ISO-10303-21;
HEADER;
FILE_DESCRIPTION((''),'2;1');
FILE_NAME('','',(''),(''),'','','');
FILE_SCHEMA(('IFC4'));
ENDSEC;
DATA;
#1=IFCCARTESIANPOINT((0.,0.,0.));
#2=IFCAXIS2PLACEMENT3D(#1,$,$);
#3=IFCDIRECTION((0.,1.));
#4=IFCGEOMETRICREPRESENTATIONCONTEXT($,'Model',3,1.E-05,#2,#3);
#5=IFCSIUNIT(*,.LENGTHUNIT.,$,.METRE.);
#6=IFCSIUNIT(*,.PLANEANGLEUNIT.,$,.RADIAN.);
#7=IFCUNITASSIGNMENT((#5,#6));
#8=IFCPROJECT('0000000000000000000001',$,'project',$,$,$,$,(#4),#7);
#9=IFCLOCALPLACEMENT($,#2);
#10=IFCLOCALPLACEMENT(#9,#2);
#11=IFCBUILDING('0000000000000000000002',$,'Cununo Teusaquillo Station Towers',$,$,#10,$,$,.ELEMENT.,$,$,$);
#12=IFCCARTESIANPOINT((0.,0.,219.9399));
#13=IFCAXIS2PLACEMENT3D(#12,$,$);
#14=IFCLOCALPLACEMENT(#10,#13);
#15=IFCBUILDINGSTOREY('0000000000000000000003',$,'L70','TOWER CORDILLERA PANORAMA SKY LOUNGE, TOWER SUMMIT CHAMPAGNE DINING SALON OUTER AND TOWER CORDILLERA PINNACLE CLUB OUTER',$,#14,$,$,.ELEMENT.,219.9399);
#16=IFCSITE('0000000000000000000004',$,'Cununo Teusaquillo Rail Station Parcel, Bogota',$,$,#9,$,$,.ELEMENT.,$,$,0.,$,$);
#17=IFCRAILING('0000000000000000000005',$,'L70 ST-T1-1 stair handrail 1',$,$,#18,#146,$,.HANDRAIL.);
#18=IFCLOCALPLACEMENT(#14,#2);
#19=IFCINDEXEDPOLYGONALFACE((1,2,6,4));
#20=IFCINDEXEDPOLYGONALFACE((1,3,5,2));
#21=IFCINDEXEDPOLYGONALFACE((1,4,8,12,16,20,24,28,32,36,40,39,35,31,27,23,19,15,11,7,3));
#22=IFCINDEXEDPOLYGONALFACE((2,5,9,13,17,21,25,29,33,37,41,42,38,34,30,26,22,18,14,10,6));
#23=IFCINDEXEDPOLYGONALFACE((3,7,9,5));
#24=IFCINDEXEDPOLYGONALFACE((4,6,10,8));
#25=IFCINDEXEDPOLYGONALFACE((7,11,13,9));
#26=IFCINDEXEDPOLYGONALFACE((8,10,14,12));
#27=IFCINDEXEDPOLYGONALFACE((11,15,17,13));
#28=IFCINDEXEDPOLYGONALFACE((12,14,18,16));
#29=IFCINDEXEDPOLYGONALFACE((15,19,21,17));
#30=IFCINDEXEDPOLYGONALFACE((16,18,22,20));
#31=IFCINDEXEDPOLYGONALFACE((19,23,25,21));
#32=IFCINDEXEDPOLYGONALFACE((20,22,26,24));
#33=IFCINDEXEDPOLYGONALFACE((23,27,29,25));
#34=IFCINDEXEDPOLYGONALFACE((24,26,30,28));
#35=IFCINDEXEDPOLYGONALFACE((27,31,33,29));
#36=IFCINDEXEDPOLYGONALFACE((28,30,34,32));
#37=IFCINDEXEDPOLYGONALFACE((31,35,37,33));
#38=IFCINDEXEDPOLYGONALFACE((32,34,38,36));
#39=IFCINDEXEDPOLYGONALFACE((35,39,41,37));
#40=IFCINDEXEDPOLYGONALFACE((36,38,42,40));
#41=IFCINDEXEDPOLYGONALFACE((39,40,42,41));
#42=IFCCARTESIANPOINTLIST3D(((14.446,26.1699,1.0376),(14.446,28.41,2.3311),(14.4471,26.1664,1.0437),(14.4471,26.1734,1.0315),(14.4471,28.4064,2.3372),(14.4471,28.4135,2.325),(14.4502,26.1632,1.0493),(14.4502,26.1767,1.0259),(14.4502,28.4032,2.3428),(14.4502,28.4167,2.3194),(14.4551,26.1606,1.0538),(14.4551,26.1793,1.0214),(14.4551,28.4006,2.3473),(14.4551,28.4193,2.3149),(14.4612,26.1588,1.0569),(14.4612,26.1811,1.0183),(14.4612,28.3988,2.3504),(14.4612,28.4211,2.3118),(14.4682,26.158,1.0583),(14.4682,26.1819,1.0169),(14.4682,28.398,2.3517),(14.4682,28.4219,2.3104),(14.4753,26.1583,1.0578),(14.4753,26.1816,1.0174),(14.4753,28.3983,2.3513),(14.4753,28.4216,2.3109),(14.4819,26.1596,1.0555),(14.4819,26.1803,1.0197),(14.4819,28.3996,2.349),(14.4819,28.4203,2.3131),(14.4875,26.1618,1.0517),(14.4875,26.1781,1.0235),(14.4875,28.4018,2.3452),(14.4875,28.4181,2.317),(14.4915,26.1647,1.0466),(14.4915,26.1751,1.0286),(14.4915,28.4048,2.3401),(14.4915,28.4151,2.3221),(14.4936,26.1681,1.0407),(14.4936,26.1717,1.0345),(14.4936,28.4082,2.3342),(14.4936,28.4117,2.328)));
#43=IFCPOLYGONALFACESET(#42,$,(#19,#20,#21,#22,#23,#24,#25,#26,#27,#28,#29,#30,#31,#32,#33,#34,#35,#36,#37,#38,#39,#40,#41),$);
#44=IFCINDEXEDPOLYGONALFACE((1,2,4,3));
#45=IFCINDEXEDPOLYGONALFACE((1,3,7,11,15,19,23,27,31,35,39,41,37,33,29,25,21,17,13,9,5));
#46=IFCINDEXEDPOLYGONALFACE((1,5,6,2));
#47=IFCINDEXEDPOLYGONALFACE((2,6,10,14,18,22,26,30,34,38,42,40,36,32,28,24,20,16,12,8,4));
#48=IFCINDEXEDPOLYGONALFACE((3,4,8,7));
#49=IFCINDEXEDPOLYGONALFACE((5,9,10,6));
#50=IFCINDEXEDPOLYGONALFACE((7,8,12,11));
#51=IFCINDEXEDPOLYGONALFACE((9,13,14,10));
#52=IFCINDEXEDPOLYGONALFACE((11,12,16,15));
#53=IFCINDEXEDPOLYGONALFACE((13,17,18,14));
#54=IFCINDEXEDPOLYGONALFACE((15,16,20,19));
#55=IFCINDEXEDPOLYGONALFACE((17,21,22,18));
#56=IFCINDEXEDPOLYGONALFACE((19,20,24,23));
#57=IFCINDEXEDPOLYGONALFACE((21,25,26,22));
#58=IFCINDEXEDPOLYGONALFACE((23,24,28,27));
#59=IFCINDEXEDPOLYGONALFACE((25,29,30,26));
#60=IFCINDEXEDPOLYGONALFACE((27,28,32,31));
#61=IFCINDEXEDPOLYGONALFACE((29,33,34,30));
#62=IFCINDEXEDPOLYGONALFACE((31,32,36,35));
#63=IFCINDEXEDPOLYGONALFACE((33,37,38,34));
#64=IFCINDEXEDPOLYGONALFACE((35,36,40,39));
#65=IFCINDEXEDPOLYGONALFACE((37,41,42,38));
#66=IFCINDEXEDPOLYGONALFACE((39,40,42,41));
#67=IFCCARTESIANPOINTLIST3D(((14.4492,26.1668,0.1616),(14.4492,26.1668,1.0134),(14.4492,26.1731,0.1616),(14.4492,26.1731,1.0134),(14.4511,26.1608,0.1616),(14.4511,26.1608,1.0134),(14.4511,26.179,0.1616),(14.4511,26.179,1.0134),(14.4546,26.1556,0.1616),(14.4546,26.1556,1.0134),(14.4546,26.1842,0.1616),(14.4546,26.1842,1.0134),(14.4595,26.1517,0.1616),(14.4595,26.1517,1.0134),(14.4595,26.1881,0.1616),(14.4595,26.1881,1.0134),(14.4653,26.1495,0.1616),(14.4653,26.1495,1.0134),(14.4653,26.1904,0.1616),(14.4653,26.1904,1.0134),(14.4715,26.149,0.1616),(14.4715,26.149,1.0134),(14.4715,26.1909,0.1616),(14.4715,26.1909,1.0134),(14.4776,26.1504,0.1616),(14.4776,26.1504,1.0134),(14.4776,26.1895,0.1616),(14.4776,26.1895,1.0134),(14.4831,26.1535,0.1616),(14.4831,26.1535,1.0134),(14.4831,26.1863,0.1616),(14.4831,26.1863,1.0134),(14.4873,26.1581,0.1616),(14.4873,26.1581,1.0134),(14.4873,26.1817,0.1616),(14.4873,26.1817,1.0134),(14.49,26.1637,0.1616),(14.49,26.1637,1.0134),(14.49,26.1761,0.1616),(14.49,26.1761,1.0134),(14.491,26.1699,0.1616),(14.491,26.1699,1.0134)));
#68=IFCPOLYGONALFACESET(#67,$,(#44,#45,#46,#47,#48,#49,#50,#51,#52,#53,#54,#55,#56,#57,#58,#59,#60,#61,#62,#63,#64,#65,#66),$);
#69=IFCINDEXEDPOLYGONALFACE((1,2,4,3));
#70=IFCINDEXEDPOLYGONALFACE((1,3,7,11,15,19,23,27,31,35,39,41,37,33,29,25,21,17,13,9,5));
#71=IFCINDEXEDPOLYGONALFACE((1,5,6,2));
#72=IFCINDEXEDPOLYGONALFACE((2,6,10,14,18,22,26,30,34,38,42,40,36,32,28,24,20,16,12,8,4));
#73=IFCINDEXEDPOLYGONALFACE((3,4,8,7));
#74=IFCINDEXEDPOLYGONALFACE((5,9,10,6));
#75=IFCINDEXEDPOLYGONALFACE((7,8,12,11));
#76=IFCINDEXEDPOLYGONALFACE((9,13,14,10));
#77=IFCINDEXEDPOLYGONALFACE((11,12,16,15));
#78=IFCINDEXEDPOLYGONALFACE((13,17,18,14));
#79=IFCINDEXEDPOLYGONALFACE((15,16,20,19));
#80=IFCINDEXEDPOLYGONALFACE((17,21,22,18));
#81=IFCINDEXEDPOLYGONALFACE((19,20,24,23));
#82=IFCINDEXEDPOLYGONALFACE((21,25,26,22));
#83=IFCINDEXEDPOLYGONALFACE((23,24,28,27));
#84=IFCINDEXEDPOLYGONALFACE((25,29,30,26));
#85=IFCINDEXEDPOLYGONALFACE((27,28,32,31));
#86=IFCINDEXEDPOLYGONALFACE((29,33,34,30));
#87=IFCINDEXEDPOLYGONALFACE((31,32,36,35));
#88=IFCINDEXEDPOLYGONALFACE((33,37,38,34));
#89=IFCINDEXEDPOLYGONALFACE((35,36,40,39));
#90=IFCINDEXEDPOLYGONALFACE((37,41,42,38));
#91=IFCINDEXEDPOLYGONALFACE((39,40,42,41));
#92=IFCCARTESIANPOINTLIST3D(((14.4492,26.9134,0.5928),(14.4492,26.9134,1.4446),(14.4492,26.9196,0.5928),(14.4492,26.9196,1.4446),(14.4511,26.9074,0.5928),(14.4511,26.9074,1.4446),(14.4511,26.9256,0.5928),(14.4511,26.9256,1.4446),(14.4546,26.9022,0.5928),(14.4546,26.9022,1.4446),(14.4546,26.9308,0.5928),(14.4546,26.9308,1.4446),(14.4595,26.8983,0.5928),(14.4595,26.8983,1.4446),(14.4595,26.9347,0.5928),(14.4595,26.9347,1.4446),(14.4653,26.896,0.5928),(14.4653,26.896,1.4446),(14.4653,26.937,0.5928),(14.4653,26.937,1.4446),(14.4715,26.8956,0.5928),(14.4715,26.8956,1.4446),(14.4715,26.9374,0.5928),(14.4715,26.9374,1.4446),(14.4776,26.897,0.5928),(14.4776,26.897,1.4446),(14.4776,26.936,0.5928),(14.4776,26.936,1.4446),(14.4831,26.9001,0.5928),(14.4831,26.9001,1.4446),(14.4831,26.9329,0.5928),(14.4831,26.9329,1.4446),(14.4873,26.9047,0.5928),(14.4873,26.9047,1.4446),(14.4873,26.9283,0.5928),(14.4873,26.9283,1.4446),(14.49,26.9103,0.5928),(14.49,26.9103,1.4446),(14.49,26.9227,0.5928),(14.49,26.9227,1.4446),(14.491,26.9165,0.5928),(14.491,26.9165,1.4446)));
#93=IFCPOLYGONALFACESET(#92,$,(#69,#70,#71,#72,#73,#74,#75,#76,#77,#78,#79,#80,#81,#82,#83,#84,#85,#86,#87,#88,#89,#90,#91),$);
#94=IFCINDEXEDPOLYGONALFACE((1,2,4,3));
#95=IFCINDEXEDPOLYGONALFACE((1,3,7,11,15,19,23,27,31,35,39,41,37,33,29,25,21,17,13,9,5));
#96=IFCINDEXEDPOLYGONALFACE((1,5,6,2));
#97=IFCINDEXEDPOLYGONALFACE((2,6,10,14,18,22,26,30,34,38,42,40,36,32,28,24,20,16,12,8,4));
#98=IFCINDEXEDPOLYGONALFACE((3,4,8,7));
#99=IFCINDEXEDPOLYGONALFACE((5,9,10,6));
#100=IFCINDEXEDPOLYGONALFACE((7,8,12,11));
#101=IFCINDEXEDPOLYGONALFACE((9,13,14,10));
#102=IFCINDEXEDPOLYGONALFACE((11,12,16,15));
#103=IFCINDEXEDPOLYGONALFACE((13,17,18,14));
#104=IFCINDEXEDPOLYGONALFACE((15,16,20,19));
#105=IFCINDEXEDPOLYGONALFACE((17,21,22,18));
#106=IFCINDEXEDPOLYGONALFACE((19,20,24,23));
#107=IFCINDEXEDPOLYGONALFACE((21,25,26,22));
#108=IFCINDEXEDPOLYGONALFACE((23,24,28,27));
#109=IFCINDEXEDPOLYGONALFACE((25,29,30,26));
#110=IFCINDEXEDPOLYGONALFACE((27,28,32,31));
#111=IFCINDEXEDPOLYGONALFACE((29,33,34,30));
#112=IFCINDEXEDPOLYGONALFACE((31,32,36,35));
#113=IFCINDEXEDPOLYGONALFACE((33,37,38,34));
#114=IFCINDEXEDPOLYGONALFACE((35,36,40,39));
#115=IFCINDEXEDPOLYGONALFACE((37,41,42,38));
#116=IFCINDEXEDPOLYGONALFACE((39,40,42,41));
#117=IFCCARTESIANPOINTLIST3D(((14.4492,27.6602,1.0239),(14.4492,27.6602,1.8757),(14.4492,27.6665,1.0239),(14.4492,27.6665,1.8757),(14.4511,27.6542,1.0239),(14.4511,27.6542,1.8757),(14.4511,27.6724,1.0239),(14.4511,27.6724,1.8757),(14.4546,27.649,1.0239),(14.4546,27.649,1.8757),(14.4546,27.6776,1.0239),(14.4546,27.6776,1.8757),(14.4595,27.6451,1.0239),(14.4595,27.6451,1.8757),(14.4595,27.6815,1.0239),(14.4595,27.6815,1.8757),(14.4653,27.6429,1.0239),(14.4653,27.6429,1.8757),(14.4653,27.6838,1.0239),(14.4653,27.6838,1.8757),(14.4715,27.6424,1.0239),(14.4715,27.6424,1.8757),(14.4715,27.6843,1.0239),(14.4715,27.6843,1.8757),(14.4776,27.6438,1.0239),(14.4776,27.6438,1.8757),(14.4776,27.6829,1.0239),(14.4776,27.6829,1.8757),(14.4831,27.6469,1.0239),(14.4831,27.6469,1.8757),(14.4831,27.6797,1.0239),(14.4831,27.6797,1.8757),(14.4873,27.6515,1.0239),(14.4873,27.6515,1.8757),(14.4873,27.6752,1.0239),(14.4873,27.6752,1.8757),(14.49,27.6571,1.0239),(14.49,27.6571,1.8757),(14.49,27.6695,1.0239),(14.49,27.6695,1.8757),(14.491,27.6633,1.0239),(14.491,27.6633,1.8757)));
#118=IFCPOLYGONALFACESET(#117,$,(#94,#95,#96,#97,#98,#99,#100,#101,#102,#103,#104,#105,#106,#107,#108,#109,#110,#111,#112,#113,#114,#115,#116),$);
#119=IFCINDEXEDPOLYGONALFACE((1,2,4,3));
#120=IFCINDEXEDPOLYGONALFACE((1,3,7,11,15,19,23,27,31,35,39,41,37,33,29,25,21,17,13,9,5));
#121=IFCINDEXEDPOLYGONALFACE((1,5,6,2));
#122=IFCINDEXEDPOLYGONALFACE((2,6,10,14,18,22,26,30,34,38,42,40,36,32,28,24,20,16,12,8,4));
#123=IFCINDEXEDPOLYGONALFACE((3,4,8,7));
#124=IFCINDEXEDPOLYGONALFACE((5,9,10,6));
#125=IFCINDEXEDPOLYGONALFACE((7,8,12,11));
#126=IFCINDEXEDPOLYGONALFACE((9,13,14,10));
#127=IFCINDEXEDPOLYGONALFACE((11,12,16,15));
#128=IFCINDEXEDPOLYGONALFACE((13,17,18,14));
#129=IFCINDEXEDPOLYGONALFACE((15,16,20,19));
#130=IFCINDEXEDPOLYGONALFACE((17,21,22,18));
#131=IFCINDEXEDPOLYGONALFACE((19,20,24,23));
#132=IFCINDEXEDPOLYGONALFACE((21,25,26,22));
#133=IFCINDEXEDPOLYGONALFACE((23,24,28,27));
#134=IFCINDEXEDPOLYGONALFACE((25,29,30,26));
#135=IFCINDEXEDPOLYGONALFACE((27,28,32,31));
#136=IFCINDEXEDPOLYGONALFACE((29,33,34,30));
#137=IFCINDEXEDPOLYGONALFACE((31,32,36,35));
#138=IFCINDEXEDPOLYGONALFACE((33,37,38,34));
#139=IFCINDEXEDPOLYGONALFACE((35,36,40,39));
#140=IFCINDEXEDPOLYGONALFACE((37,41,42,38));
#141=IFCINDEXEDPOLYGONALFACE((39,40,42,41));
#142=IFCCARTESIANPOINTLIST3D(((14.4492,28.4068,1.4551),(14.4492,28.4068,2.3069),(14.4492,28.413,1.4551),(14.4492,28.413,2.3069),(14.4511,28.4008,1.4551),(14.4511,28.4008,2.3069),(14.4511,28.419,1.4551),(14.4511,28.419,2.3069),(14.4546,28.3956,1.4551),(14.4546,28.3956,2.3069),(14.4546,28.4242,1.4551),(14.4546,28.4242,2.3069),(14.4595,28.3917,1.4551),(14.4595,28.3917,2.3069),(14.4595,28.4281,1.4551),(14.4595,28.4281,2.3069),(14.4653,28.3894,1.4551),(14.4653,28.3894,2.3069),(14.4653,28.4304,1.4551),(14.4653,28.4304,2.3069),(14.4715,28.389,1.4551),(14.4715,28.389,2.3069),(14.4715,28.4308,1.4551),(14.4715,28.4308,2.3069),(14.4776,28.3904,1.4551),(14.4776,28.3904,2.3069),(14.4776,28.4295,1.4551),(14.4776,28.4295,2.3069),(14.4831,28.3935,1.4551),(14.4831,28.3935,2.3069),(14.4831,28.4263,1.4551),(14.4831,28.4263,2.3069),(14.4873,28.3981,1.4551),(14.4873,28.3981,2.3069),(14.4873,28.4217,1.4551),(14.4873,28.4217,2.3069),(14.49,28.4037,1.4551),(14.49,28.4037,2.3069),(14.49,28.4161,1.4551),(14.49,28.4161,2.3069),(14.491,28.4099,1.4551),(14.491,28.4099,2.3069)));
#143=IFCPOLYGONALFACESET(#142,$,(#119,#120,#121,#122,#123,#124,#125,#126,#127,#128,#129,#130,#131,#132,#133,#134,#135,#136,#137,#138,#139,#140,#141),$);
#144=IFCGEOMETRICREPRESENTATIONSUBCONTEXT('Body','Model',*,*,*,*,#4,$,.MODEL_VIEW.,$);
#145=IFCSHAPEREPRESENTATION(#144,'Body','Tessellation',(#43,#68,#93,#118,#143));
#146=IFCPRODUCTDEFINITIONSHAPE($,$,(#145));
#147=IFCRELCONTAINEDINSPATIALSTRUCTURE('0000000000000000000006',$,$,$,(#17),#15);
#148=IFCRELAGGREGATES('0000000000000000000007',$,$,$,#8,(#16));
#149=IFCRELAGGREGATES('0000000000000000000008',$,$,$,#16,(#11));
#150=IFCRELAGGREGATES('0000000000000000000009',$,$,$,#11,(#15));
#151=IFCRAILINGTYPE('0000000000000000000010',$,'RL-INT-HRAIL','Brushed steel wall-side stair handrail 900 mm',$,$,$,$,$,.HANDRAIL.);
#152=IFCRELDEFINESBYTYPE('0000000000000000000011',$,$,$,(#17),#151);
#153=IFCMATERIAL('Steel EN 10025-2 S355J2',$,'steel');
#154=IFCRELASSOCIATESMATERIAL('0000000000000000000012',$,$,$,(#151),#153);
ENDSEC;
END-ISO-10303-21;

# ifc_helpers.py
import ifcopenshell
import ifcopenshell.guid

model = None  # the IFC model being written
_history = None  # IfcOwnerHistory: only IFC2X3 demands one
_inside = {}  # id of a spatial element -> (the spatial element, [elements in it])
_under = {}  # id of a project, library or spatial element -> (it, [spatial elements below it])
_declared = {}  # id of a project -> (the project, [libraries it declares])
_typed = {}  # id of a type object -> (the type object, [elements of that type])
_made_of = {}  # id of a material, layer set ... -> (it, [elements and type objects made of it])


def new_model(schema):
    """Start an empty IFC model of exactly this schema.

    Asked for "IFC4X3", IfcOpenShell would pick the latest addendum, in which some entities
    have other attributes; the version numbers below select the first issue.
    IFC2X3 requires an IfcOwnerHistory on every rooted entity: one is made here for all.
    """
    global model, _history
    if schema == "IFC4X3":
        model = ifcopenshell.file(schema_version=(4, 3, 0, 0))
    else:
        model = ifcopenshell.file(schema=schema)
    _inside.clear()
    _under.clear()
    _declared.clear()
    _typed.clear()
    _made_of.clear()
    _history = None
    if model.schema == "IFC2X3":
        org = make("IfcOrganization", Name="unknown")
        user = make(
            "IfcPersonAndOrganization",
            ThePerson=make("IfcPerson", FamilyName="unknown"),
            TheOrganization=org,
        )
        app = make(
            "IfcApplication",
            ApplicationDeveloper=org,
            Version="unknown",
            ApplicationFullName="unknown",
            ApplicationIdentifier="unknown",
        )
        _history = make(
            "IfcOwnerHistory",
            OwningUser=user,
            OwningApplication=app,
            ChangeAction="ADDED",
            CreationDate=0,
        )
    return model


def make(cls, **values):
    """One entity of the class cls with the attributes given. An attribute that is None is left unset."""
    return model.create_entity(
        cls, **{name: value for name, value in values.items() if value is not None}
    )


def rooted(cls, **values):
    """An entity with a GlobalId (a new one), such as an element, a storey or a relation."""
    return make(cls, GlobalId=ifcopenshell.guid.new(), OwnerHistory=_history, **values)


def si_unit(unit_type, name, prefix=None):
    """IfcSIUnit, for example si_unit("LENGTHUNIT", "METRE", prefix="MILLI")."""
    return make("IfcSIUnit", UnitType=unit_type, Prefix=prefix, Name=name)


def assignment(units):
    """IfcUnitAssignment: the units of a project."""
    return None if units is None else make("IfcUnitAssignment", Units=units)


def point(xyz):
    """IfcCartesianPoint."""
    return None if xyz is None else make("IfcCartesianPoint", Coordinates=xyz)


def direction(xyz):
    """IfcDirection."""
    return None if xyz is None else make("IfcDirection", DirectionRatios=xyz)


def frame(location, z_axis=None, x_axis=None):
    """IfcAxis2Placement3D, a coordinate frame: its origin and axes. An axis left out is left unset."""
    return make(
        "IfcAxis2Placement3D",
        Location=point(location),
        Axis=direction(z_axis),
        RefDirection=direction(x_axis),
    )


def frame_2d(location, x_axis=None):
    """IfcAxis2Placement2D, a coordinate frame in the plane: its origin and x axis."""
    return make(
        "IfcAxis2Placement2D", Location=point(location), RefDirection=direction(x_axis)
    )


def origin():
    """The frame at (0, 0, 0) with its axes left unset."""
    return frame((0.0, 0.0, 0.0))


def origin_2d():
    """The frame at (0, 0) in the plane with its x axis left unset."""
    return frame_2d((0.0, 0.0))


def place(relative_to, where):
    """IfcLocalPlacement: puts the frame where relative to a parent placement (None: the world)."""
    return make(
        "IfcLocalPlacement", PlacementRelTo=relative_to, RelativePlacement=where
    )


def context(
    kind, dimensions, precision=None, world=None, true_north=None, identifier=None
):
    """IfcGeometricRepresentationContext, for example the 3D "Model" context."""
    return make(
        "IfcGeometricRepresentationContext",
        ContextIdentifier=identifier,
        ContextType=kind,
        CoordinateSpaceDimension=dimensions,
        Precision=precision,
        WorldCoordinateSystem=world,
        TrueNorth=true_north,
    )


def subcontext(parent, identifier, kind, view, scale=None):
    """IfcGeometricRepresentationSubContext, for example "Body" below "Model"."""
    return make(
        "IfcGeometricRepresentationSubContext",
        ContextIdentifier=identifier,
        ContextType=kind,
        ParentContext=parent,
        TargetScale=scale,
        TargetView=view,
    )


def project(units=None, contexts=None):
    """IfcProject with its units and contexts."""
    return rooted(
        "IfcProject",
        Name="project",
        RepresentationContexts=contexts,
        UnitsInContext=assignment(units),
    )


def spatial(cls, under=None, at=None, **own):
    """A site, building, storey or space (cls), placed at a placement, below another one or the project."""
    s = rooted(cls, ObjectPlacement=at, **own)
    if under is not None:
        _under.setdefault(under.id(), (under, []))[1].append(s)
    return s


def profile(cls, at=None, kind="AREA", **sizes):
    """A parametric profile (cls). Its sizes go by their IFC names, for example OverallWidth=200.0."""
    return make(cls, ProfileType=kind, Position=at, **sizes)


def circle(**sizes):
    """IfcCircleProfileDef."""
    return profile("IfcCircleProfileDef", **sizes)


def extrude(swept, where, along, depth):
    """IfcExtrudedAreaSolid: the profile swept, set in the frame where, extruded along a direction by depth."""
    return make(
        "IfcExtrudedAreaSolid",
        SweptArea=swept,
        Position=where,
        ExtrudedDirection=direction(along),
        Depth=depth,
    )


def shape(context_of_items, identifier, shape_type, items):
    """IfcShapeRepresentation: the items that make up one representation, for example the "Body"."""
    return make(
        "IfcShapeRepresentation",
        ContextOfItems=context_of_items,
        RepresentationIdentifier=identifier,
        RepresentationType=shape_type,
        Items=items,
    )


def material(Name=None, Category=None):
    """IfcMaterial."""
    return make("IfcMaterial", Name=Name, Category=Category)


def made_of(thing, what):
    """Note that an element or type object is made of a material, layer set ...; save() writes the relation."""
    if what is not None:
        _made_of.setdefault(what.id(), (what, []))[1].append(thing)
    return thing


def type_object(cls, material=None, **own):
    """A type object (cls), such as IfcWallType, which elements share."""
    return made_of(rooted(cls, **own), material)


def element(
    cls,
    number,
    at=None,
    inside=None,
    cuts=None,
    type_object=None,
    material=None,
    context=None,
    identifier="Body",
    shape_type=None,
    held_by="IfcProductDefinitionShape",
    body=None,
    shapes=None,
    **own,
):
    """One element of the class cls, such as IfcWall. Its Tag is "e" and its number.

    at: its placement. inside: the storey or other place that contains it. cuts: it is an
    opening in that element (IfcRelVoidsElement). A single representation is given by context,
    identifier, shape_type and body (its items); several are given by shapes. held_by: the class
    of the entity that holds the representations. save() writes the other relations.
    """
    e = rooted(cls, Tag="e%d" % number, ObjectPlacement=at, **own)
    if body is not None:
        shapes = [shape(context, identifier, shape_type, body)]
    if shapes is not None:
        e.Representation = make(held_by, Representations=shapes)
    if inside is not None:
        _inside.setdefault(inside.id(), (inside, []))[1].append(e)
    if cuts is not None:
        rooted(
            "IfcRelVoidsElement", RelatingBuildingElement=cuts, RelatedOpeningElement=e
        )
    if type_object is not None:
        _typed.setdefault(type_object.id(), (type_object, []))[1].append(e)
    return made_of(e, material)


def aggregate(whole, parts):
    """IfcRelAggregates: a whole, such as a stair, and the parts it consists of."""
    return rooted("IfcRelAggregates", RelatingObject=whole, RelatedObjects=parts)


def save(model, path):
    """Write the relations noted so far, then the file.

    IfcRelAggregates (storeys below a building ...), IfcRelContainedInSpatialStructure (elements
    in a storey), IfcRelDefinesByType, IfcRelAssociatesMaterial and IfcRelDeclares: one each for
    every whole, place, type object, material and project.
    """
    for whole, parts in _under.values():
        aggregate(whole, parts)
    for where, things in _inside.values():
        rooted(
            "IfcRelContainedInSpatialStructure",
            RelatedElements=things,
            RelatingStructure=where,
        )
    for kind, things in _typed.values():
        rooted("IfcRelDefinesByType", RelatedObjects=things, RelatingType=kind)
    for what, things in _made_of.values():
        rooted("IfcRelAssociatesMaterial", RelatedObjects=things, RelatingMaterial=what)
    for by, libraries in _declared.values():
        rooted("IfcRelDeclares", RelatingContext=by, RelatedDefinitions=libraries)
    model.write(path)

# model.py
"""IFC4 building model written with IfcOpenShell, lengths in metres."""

from ifc_helpers import new_model, si_unit, direction, frame, origin, origin_2d, place, context, subcontext, project, spatial, circle, extrude, material, type_object, element, save


model = new_model("IFC4")

# Units and contexts
model_context = context("Model", 3, precision=1e-05, world=origin(), true_north=direction((0.0, 1.0)))
body_context = subcontext(model_context, "Body", "Model", "MODEL_VIEW")
ifc_project = project(units=[si_unit("LENGTHUNIT", "METRE"), si_unit("PLANEANGLEUNIT", "RADIAN")], contexts=[model_context])

# Site, building, storey
site_placement = place(None, origin())
site = spatial("IfcSite", under=ifc_project, at=site_placement, Name="Cununo Teusaquillo Rail Station Parcel, Bogota", CompositionType="ELEMENT", RefElevation=0.0)
building_placement = place(site_placement, origin())
building = spatial("IfcBuilding", under=site, at=building_placement, Name="Cununo Teusaquillo Station Towers", CompositionType="ELEMENT")
storey_placement = place(building_placement, frame((0.0, 0.0, 219.9399)))
storey = spatial("IfcBuildingStorey", under=building, at=storey_placement, Name="L70", Description="TOWER CORDILLERA PANORAMA SKY LOUNGE, TOWER SUMMIT CHAMPAGNE DINING SALON OUTER AND TOWER CORDILLERA PINNACLE CLUB OUTER", CompositionType="ELEMENT", Elevation=219.9399)

# Railing
ifc_material_1 = material(Name="Steel EN 10025-2 S355J2", Category="steel")
railing_type_1 = type_object("IfcRailingType", Name="RL-INT-HRAIL", Description="Brushed steel wall-side stair handrail 900 mm", PredefinedType="HANDRAIL", material=ifc_material_1)
railing_1_placement = place(storey_placement, frame((14.47, 26.1699, 0.1616)))
element("IfcRailing", 1, at=railing_1_placement, inside=storey, type_object=railing_type_1, Name="L70 ST-T1-1 stair handrail 1", PredefinedType="HANDRAIL", context=body_context, shape_type="SweptSolid", body=[
    extrude(circle(Radius=0.0239, at=origin_2d()), frame((0.0, 0.0, 0.876), z_axis=(0.0, 0.865992, 0.500057), x_axis=(-1.0, 0.0, 0.0)), (0.0, 0.0, 1.0), 2.5867),
    extrude(circle(Radius=0.021, at=origin_2d()), origin(), (0.0, 0.0, 1.0), 0.8518),
    extrude(circle(Radius=0.021, at=origin_2d()), frame((0.0, 0.7466, 0.4312)), (0.0, 0.0, 1.0), 0.8518),
    extrude(circle(Radius=0.021, at=origin_2d()), frame((0.0, 1.4934, 0.8623)), (0.0, 0.0, 1.0), 0.8518),
    extrude(circle(Radius=0.021, at=origin_2d()), frame((0.0, 2.24, 1.2935)), (0.0, 0.0, 1.0), 0.8518),
])

save(model, "model.ifc")
